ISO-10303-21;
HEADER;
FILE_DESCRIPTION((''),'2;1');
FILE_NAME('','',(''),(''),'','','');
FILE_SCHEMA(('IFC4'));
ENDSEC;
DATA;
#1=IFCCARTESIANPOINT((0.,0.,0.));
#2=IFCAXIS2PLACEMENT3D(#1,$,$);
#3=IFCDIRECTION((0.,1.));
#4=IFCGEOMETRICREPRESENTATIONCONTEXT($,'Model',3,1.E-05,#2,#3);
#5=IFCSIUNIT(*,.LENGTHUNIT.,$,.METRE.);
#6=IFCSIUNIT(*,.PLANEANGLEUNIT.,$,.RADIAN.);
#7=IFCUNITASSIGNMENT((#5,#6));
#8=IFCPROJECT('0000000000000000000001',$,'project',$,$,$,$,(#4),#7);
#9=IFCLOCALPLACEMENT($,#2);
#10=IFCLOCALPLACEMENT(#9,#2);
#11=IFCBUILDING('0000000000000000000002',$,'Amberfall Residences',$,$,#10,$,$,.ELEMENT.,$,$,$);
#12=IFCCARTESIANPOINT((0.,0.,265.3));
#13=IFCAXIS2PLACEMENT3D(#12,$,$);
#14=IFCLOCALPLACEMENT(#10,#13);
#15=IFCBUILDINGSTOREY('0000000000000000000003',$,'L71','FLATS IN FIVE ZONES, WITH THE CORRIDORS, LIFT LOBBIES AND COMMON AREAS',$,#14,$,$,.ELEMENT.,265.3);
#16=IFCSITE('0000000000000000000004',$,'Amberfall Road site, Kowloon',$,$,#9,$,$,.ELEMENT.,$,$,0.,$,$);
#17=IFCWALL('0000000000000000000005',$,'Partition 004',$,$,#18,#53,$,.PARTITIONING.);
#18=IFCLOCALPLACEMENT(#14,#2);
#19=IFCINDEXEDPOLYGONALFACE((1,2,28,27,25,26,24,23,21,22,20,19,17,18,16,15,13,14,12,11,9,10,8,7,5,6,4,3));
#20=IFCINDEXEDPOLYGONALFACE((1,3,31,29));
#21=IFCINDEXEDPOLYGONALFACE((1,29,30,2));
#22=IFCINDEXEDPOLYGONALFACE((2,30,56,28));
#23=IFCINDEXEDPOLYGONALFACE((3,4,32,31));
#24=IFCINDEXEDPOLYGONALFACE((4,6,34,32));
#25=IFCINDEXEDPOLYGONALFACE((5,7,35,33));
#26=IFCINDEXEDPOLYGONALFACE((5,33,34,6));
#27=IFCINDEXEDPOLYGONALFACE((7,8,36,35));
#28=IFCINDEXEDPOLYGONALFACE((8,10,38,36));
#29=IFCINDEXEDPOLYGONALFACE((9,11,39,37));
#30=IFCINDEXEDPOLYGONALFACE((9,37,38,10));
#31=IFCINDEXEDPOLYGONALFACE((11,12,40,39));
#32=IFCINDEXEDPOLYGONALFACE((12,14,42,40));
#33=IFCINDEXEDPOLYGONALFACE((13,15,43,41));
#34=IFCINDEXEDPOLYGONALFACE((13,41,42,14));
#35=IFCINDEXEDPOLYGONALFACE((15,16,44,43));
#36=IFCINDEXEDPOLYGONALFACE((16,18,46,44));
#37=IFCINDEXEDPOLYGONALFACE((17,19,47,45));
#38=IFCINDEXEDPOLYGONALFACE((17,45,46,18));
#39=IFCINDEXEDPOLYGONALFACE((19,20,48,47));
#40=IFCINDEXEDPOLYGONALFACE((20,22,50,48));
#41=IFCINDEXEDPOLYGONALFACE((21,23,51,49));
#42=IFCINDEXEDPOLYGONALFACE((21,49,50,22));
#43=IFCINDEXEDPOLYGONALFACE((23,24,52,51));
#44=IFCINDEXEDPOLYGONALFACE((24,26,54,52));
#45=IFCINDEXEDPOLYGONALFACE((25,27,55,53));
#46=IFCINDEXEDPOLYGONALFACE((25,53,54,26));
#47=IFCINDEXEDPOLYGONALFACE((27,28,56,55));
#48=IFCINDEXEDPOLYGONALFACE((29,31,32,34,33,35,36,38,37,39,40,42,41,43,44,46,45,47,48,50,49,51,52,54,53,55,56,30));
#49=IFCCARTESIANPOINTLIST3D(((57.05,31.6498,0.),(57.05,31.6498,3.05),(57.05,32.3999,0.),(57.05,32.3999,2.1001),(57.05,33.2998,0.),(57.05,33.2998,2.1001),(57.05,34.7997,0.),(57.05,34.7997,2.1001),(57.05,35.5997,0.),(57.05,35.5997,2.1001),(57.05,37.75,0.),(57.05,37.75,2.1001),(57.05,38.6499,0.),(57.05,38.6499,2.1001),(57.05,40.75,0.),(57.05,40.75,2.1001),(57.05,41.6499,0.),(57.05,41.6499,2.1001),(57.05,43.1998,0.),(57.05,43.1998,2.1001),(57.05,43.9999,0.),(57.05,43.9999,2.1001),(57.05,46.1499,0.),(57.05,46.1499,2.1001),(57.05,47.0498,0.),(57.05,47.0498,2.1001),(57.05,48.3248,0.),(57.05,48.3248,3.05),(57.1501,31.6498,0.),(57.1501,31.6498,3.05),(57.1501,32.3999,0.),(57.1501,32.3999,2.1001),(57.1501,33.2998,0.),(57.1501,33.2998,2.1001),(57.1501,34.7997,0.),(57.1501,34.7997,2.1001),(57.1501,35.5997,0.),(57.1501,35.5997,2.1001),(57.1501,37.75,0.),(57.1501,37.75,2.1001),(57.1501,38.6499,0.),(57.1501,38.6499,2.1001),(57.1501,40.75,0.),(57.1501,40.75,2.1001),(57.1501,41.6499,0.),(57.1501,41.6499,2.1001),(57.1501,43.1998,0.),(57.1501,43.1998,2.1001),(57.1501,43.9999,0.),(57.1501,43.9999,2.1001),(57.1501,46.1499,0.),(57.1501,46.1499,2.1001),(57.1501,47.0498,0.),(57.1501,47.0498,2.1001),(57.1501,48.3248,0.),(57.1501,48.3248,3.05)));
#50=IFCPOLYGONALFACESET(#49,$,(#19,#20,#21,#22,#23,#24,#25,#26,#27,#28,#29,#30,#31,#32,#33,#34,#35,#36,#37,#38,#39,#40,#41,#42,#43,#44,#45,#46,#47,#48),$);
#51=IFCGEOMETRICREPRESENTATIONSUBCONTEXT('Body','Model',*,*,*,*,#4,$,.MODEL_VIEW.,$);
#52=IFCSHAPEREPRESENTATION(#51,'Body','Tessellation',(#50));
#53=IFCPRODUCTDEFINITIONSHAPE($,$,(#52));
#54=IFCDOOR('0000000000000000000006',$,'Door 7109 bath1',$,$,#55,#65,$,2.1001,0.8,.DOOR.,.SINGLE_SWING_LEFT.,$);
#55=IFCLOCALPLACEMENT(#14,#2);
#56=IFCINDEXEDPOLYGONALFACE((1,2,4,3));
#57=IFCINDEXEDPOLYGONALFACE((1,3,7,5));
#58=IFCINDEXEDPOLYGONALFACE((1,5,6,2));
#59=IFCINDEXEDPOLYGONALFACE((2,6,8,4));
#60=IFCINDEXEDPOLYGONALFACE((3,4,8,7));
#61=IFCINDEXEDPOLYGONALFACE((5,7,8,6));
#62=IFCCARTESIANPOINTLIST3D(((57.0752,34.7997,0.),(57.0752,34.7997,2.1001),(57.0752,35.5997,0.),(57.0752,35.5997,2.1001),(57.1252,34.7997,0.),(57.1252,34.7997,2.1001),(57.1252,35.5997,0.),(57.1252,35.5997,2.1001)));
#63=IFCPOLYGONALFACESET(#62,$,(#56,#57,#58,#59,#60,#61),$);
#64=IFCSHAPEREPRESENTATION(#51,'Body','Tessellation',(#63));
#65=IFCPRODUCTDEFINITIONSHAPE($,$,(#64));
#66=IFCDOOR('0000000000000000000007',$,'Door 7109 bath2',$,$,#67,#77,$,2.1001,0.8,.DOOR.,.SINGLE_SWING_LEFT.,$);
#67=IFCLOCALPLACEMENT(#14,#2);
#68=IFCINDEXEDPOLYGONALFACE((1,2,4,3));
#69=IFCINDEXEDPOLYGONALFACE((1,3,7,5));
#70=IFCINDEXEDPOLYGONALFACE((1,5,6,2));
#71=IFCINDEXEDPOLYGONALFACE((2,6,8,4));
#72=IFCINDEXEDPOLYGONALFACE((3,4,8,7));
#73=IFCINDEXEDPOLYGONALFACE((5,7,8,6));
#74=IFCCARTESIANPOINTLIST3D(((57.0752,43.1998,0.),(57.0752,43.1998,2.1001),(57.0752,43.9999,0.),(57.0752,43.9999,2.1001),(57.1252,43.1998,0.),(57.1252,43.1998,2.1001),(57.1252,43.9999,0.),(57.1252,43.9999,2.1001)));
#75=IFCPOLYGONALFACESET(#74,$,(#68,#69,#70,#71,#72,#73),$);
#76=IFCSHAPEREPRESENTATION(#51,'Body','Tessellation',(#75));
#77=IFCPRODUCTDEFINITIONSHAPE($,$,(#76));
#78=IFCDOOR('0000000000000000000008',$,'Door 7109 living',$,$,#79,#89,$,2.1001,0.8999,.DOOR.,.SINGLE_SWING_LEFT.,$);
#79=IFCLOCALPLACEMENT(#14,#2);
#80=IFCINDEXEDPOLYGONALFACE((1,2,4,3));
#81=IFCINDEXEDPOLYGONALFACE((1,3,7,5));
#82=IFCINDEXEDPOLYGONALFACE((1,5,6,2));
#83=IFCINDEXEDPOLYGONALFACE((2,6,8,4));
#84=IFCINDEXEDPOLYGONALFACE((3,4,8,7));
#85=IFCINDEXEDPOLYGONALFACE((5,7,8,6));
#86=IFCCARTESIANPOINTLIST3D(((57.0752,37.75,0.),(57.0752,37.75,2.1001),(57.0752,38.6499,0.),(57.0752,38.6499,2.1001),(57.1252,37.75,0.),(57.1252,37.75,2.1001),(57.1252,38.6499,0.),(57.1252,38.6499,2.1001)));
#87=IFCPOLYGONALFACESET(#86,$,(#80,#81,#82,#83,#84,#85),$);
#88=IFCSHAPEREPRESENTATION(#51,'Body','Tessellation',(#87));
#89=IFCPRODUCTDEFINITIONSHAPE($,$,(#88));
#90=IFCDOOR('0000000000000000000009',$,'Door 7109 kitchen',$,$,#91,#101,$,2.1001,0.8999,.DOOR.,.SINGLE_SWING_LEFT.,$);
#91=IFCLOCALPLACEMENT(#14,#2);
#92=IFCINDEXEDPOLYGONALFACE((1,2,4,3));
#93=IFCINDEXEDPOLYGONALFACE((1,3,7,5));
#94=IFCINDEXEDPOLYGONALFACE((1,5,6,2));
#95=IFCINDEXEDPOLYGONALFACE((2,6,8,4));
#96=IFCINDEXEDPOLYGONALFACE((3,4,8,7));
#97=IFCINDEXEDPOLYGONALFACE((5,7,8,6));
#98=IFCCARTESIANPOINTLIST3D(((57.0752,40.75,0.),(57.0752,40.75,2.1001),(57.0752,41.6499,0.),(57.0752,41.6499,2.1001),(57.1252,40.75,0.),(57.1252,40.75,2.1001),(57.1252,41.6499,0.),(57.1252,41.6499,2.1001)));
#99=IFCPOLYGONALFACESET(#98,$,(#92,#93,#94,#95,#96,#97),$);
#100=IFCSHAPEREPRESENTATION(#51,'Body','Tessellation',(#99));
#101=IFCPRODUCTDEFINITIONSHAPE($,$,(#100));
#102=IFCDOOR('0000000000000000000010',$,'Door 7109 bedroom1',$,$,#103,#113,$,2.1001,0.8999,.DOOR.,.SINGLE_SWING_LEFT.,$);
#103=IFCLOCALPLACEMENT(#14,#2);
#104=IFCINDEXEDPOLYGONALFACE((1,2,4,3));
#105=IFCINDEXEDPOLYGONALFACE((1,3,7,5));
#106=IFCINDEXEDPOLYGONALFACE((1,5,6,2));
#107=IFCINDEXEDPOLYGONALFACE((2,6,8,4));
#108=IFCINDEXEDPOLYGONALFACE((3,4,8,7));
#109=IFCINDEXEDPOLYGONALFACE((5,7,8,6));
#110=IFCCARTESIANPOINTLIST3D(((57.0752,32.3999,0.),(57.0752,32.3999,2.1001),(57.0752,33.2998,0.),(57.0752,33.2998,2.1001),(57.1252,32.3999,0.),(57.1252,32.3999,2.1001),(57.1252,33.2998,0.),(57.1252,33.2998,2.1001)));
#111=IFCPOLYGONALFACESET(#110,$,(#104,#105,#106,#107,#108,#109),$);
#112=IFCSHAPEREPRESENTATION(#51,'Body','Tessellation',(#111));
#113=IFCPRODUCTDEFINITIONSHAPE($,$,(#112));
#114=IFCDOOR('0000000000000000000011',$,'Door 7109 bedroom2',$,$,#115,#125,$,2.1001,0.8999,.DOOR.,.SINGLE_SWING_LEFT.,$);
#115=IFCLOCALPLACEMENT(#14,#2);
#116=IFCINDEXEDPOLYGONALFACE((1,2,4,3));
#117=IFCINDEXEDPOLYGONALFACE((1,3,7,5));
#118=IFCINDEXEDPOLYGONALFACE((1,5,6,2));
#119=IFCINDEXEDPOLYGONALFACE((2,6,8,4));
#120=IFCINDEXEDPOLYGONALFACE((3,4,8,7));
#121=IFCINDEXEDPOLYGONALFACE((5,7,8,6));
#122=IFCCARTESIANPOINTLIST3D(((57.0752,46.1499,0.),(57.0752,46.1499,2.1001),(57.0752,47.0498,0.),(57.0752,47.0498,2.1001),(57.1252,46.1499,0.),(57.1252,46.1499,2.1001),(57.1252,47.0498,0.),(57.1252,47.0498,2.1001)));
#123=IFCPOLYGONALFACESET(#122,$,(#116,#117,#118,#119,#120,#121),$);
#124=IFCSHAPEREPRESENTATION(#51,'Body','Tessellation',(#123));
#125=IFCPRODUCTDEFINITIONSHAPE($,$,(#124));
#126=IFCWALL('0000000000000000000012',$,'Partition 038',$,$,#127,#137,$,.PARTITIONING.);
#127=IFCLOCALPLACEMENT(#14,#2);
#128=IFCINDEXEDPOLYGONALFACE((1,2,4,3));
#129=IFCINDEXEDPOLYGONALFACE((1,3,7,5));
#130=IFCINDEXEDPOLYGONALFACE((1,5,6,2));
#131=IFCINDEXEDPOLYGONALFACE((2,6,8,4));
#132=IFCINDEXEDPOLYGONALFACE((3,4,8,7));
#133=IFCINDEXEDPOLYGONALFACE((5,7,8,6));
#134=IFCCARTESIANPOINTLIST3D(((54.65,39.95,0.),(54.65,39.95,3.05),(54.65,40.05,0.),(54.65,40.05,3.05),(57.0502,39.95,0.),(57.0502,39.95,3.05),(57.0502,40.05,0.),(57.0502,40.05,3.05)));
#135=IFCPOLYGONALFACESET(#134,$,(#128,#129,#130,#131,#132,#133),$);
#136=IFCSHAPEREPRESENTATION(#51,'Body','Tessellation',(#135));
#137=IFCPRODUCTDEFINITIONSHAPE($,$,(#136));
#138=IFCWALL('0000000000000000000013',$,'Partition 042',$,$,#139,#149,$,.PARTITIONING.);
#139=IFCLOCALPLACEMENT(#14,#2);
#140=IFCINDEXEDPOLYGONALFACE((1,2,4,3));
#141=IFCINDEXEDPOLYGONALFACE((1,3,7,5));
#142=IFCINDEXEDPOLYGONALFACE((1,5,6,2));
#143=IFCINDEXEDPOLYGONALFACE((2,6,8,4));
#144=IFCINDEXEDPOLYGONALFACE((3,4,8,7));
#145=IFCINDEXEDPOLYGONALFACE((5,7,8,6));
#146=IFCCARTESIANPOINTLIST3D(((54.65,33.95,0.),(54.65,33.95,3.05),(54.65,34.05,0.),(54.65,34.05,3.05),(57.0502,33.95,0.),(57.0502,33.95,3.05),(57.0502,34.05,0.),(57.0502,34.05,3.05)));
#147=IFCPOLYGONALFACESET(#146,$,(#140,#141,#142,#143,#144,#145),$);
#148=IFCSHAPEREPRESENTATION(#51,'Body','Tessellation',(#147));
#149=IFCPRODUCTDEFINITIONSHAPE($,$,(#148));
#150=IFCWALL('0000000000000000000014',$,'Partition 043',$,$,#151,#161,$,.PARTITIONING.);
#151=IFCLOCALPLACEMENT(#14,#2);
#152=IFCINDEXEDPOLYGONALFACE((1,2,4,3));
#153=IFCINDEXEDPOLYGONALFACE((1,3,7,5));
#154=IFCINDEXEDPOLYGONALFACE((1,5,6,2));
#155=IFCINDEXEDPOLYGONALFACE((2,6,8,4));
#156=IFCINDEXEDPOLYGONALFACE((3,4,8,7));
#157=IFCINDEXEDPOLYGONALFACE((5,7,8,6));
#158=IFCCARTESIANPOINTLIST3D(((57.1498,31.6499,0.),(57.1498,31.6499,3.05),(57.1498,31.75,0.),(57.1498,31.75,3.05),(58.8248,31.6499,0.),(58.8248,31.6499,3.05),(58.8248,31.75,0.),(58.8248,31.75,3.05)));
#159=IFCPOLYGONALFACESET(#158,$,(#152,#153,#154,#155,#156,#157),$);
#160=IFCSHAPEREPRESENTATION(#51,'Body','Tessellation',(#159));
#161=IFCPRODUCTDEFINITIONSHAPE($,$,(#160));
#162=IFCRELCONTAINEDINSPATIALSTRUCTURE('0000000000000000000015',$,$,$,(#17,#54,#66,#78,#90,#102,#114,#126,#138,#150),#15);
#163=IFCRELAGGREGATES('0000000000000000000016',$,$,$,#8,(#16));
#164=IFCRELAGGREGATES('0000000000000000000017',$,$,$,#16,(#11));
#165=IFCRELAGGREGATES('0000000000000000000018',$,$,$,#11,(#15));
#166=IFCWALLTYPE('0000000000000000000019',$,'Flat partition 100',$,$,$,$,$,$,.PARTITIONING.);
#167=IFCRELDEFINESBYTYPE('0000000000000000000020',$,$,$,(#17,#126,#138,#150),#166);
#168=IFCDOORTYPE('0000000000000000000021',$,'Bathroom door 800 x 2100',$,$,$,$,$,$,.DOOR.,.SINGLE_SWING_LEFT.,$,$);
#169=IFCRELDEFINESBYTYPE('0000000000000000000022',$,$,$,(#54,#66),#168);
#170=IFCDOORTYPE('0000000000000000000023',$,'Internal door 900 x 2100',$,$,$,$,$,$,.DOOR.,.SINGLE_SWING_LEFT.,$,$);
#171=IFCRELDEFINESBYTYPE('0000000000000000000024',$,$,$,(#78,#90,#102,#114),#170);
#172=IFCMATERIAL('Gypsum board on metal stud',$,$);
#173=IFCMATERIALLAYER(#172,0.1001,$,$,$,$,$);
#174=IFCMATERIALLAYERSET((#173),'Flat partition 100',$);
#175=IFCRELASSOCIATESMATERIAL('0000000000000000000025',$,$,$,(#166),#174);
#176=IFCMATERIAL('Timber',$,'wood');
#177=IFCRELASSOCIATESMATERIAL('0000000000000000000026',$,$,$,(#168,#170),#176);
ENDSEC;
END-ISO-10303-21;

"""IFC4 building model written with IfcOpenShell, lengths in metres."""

from ifc_helpers import new_model, si_unit, direction, frame, frame_2d, origin, place, context, subcontext, project, spatial, rectangle, extrude, material, layer, layer_set, type_object, element, fill, save


model = new_model("IFC4")

# Units and contexts
model_context = context("Model", 3, precision=1e-05, world=origin(), true_north=direction((0.0, 1.0)))
body_context = subcontext(model_context, "Body", "Model", "MODEL_VIEW")
ifc_project = project(units=[si_unit("LENGTHUNIT", "METRE"), si_unit("PLANEANGLEUNIT", "RADIAN")], contexts=[model_context])

# Site, building, storey
site_placement = place(None, origin())
site = spatial("IfcSite", under=ifc_project, at=site_placement, Name="Amberfall Road site, Kowloon", CompositionType="ELEMENT", RefElevation=0.0)
building_placement = place(site_placement, origin())
building = spatial("IfcBuilding", under=site, at=building_placement, Name="Amberfall Residences", CompositionType="ELEMENT")
storey_placement = place(building_placement, frame((0.0, 0.0, 265.3)))
storey = spatial("IfcBuildingStorey", under=building, at=storey_placement, Name="L71", Description="FLATS IN FIVE ZONES, WITH THE CORRIDORS, LIFT LOBBIES AND COMMON AREAS", CompositionType="ELEMENT", Elevation=265.3)

# Shared definitions
ifc_material_1 = material(Name="Gypsum board on metal stud")
ifc_layer_1 = layer(ifc_material_1, 0.1001)
ifc_layer_set_1 = layer_set([ifc_layer_1], Name="Flat partition 100")
wall_type_1 = type_object("IfcWallType", Name="Flat partition 100", PredefinedType="PARTITIONING", material=ifc_layer_set_1)

# Wall, openings, doors
wall_1_placement = place(storey_placement, frame((57.1001, 31.6499, 0.0), z_axis=(0.0, 0.0, 1.0), x_axis=(0.0, 1.0, 0.0)))
wall_1 = element("IfcWall", 1, at=wall_1_placement, inside=storey, type_object=wall_type_1, Name="Partition 004", PredefinedType="PARTITIONING", context=body_context, shape_type="SweptSolid", body=[
    extrude(rectangle(XDim=16.675, YDim=0.1001, at=frame_2d((8.3374, 0.0))), origin(), (0.0, 0.0, 1.0), 3.05),
])
opening_1_placement = place(wall_1_placement, frame((6.1001, 0.0, 0.0)))
opening_1 = element("IfcOpeningElement", 2, at=opening_1_placement, cuts=wall_1, PredefinedType="OPENING", context=body_context, shape_type="SweptSolid", body=[
    extrude(rectangle(XDim=0.8999, YDim=2.1001, at=frame_2d((0.45, 1.05))), frame((0.0, 0.0601, 0.0), z_axis=(0.0, -1.0, 0.0), x_axis=(1.0, 0.0, 0.0)), (0.0, 0.0, 1.0), 0.1201),
])
opening_2_placement = place(wall_1_placement, frame((9.1001, 0.0, 0.0)))
opening_2 = element("IfcOpeningElement", 3, at=opening_2_placement, cuts=wall_1, PredefinedType="OPENING", context=body_context, shape_type="SweptSolid", body=[
    extrude(rectangle(XDim=0.8999, YDim=2.1001, at=frame_2d((0.45, 1.05))), frame((0.0, 0.0601, 0.0), z_axis=(0.0, -1.0, 0.0), x_axis=(1.0, 0.0, 0.0)), (0.0, 0.0, 1.0), 0.1201),
])
opening_3_placement = place(wall_1_placement, frame((0.75, 0.0, 0.0)))
opening_3 = element("IfcOpeningElement", 4, at=opening_3_placement, cuts=wall_1, PredefinedType="OPENING", context=body_context, shape_type="SweptSolid", body=[
    extrude(rectangle(XDim=0.8999, YDim=2.1001, at=frame_2d((0.45, 1.05))), frame((0.0, 0.0601, 0.0), z_axis=(0.0, -1.0, 0.0), x_axis=(1.0, 0.0, 0.0)), (0.0, 0.0, 1.0), 0.1201),
])
opening_4_placement = place(wall_1_placement, frame((14.5, 0.0, 0.0)))
opening_4 = element("IfcOpeningElement", 5, at=opening_4_placement, cuts=wall_1, PredefinedType="OPENING", context=body_context, shape_type="SweptSolid", body=[
    extrude(rectangle(XDim=0.8999, YDim=2.1001, at=frame_2d((0.45, 1.05))), frame((0.0, 0.0601, 0.0), z_axis=(0.0, -1.0, 0.0), x_axis=(1.0, 0.0, 0.0)), (0.0, 0.0, 1.0), 0.1201),
])
opening_5_placement = place(wall_1_placement, frame((3.1499, 0.0, 0.0)))
opening_5 = element("IfcOpeningElement", 6, at=opening_5_placement, cuts=wall_1, PredefinedType="OPENING", context=body_context, shape_type="SweptSolid", body=[
    extrude(rectangle(XDim=0.8, YDim=2.1001, at=frame_2d((0.3999, 1.05))), frame((0.0, 0.0601, 0.0), z_axis=(0.0, -1.0, 0.0), x_axis=(1.0, 0.0, 0.0)), (0.0, 0.0, 1.0), 0.1201),
])
opening_6_placement = place(wall_1_placement, frame((11.55, 0.0, 0.0)))
opening_6 = element("IfcOpeningElement", 7, at=opening_6_placement, cuts=wall_1, PredefinedType="OPENING", context=body_context, shape_type="SweptSolid", body=[
    extrude(rectangle(XDim=0.8, YDim=2.1001, at=frame_2d((0.3999, 1.05))), frame((0.0, 0.0601, 0.0), z_axis=(0.0, -1.0, 0.0), x_axis=(1.0, 0.0, 0.0)), (0.0, 0.0, 1.0), 0.1201),
])
ifc_material_2 = material(Name="Timber", Category="wood")
door_type_1 = type_object("IfcDoorType", Name="Bathroom door 800 x 2100", OperationType="SINGLE_SWING_LEFT", PredefinedType="DOOR", material=ifc_material_2)
door_1_placement = place(opening_5_placement, origin())
door_1 = element("IfcDoor", 8, at=door_1_placement, inside=storey, type_object=door_type_1, Name="Door 7109 bath1", OperationType="SINGLE_SWING_LEFT", OverallHeight=2.1001, OverallWidth=0.8, PredefinedType="DOOR", context=body_context, shape_type="SweptSolid", body=[
    extrude(rectangle(XDim=0.8, YDim=2.1001, at=frame_2d((0.3999, 1.05))), frame((0.0, 0.0249, 0.0), z_axis=(0.0, -1.0, 0.0), x_axis=(1.0, 0.0, 0.0)), (0.0, 0.0, 1.0), 0.05),
])
fill(opening_5, door_1)
door_2_placement = place(opening_6_placement, origin())
door_2 = element("IfcDoor", 9, at=door_2_placement, inside=storey, type_object=door_type_1, Name="Door 7109 bath2", OperationType="SINGLE_SWING_LEFT", OverallHeight=2.1001, OverallWidth=0.8, PredefinedType="DOOR", context=body_context, shape_type="SweptSolid", body=[
    extrude(rectangle(XDim=0.8, YDim=2.1001, at=frame_2d((0.3999, 1.05))), frame((0.0, 0.0249, 0.0), z_axis=(0.0, -1.0, 0.0), x_axis=(1.0, 0.0, 0.0)), (0.0, 0.0, 1.0), 0.05),
])
fill(opening_6, door_2)
door_type_2 = type_object("IfcDoorType", Name="Internal door 900 x 2100", OperationType="SINGLE_SWING_LEFT", PredefinedType="DOOR", material=ifc_material_2)
door_3_placement = place(opening_1_placement, origin())
door_3 = element("IfcDoor", 10, at=door_3_placement, inside=storey, type_object=door_type_2, Name="Door 7109 living", OperationType="SINGLE_SWING_LEFT", OverallHeight=2.1001, OverallWidth=0.8999, PredefinedType="DOOR", context=body_context, shape_type="SweptSolid", body=[
    extrude(rectangle(XDim=0.8999, YDim=2.1001, at=frame_2d((0.45, 1.05))), frame((0.0, 0.0249, 0.0), z_axis=(0.0, -1.0, 0.0), x_axis=(1.0, 0.0, 0.0)), (0.0, 0.0, 1.0), 0.05),
])
fill(opening_1, door_3)
door_4_placement = place(opening_2_placement, origin())
door_4 = element("IfcDoor", 11, at=door_4_placement, inside=storey, type_object=door_type_2, Name="Door 7109 kitchen", OperationType="SINGLE_SWING_LEFT", OverallHeight=2.1001, OverallWidth=0.8999, PredefinedType="DOOR", context=body_context, shape_type="SweptSolid", body=[
    extrude(rectangle(XDim=0.8999, YDim=2.1001, at=frame_2d((0.45, 1.05))), frame((0.0, 0.0249, 0.0), z_axis=(0.0, -1.0, 0.0), x_axis=(1.0, 0.0, 0.0)), (0.0, 0.0, 1.0), 0.05),
])
fill(opening_2, door_4)
door_5_placement = place(opening_3_placement, origin())
door_5 = element("IfcDoor", 12, at=door_5_placement, inside=storey, type_object=door_type_2, Name="Door 7109 bedroom1", OperationType="SINGLE_SWING_LEFT", OverallHeight=2.1001, OverallWidth=0.8999, PredefinedType="DOOR", context=body_context, shape_type="SweptSolid", body=[
    extrude(rectangle(XDim=0.8999, YDim=2.1001, at=frame_2d((0.45, 1.05))), frame((0.0, 0.0249, 0.0), z_axis=(0.0, -1.0, 0.0), x_axis=(1.0, 0.0, 0.0)), (0.0, 0.0, 1.0), 0.05),
])
fill(opening_3, door_5)
door_6_placement = place(opening_4_placement, origin())
door_6 = element("IfcDoor", 13, at=door_6_placement, inside=storey, type_object=door_type_2, Name="Door 7109 bedroom2", OperationType="SINGLE_SWING_LEFT", OverallHeight=2.1001, OverallWidth=0.8999, PredefinedType="DOOR", context=body_context, shape_type="SweptSolid", body=[
    extrude(rectangle(XDim=0.8999, YDim=2.1001, at=frame_2d((0.45, 1.05))), frame((0.0, 0.0249, 0.0), z_axis=(0.0, -1.0, 0.0), x_axis=(1.0, 0.0, 0.0)), (0.0, 0.0, 1.0), 0.05),
])
fill(opening_4, door_6)

# Walls
for number, where, z_axis, x_axis, name in (
    (14, (54.6499, 40.0, 0.0), (0.0, 0.0, 1.0), (1.0, 0.0, 0.0), "Partition 038"),
    (15, (54.6499, 34.0, 0.0), (0.0, 0.0, 1.0), (1.0, 0.0, 0.0), "Partition 042"),
):
    element("IfcWall", number, at=place(storey_placement, frame(where, z_axis=z_axis, x_axis=x_axis)), inside=storey, type_object=wall_type_1, Name=name, PredefinedType="PARTITIONING", context=body_context, shape_type="SweptSolid", body=[
        extrude(rectangle(XDim=2.4001, YDim=0.1001, at=frame_2d((1.2002, 0.0))), origin(), (0.0, 0.0, 1.0), 3.05),
    ])
wall_2_placement = place(storey_placement, frame((57.1499, 31.7, 0.0), z_axis=(0.0, 0.0, 1.0), x_axis=(1.0, 0.0, 0.0)))
element("IfcWall", 16, at=wall_2_placement, inside=storey, type_object=wall_type_1, Name="Partition 043", PredefinedType="PARTITIONING", context=body_context, shape_type="SweptSolid", body=[
    extrude(rectangle(XDim=1.675, YDim=0.1001, at=frame_2d((0.8374, 0.0))), origin(), (0.0, 0.0, 1.0), 3.05),
])

save(model, "model.ifc")
